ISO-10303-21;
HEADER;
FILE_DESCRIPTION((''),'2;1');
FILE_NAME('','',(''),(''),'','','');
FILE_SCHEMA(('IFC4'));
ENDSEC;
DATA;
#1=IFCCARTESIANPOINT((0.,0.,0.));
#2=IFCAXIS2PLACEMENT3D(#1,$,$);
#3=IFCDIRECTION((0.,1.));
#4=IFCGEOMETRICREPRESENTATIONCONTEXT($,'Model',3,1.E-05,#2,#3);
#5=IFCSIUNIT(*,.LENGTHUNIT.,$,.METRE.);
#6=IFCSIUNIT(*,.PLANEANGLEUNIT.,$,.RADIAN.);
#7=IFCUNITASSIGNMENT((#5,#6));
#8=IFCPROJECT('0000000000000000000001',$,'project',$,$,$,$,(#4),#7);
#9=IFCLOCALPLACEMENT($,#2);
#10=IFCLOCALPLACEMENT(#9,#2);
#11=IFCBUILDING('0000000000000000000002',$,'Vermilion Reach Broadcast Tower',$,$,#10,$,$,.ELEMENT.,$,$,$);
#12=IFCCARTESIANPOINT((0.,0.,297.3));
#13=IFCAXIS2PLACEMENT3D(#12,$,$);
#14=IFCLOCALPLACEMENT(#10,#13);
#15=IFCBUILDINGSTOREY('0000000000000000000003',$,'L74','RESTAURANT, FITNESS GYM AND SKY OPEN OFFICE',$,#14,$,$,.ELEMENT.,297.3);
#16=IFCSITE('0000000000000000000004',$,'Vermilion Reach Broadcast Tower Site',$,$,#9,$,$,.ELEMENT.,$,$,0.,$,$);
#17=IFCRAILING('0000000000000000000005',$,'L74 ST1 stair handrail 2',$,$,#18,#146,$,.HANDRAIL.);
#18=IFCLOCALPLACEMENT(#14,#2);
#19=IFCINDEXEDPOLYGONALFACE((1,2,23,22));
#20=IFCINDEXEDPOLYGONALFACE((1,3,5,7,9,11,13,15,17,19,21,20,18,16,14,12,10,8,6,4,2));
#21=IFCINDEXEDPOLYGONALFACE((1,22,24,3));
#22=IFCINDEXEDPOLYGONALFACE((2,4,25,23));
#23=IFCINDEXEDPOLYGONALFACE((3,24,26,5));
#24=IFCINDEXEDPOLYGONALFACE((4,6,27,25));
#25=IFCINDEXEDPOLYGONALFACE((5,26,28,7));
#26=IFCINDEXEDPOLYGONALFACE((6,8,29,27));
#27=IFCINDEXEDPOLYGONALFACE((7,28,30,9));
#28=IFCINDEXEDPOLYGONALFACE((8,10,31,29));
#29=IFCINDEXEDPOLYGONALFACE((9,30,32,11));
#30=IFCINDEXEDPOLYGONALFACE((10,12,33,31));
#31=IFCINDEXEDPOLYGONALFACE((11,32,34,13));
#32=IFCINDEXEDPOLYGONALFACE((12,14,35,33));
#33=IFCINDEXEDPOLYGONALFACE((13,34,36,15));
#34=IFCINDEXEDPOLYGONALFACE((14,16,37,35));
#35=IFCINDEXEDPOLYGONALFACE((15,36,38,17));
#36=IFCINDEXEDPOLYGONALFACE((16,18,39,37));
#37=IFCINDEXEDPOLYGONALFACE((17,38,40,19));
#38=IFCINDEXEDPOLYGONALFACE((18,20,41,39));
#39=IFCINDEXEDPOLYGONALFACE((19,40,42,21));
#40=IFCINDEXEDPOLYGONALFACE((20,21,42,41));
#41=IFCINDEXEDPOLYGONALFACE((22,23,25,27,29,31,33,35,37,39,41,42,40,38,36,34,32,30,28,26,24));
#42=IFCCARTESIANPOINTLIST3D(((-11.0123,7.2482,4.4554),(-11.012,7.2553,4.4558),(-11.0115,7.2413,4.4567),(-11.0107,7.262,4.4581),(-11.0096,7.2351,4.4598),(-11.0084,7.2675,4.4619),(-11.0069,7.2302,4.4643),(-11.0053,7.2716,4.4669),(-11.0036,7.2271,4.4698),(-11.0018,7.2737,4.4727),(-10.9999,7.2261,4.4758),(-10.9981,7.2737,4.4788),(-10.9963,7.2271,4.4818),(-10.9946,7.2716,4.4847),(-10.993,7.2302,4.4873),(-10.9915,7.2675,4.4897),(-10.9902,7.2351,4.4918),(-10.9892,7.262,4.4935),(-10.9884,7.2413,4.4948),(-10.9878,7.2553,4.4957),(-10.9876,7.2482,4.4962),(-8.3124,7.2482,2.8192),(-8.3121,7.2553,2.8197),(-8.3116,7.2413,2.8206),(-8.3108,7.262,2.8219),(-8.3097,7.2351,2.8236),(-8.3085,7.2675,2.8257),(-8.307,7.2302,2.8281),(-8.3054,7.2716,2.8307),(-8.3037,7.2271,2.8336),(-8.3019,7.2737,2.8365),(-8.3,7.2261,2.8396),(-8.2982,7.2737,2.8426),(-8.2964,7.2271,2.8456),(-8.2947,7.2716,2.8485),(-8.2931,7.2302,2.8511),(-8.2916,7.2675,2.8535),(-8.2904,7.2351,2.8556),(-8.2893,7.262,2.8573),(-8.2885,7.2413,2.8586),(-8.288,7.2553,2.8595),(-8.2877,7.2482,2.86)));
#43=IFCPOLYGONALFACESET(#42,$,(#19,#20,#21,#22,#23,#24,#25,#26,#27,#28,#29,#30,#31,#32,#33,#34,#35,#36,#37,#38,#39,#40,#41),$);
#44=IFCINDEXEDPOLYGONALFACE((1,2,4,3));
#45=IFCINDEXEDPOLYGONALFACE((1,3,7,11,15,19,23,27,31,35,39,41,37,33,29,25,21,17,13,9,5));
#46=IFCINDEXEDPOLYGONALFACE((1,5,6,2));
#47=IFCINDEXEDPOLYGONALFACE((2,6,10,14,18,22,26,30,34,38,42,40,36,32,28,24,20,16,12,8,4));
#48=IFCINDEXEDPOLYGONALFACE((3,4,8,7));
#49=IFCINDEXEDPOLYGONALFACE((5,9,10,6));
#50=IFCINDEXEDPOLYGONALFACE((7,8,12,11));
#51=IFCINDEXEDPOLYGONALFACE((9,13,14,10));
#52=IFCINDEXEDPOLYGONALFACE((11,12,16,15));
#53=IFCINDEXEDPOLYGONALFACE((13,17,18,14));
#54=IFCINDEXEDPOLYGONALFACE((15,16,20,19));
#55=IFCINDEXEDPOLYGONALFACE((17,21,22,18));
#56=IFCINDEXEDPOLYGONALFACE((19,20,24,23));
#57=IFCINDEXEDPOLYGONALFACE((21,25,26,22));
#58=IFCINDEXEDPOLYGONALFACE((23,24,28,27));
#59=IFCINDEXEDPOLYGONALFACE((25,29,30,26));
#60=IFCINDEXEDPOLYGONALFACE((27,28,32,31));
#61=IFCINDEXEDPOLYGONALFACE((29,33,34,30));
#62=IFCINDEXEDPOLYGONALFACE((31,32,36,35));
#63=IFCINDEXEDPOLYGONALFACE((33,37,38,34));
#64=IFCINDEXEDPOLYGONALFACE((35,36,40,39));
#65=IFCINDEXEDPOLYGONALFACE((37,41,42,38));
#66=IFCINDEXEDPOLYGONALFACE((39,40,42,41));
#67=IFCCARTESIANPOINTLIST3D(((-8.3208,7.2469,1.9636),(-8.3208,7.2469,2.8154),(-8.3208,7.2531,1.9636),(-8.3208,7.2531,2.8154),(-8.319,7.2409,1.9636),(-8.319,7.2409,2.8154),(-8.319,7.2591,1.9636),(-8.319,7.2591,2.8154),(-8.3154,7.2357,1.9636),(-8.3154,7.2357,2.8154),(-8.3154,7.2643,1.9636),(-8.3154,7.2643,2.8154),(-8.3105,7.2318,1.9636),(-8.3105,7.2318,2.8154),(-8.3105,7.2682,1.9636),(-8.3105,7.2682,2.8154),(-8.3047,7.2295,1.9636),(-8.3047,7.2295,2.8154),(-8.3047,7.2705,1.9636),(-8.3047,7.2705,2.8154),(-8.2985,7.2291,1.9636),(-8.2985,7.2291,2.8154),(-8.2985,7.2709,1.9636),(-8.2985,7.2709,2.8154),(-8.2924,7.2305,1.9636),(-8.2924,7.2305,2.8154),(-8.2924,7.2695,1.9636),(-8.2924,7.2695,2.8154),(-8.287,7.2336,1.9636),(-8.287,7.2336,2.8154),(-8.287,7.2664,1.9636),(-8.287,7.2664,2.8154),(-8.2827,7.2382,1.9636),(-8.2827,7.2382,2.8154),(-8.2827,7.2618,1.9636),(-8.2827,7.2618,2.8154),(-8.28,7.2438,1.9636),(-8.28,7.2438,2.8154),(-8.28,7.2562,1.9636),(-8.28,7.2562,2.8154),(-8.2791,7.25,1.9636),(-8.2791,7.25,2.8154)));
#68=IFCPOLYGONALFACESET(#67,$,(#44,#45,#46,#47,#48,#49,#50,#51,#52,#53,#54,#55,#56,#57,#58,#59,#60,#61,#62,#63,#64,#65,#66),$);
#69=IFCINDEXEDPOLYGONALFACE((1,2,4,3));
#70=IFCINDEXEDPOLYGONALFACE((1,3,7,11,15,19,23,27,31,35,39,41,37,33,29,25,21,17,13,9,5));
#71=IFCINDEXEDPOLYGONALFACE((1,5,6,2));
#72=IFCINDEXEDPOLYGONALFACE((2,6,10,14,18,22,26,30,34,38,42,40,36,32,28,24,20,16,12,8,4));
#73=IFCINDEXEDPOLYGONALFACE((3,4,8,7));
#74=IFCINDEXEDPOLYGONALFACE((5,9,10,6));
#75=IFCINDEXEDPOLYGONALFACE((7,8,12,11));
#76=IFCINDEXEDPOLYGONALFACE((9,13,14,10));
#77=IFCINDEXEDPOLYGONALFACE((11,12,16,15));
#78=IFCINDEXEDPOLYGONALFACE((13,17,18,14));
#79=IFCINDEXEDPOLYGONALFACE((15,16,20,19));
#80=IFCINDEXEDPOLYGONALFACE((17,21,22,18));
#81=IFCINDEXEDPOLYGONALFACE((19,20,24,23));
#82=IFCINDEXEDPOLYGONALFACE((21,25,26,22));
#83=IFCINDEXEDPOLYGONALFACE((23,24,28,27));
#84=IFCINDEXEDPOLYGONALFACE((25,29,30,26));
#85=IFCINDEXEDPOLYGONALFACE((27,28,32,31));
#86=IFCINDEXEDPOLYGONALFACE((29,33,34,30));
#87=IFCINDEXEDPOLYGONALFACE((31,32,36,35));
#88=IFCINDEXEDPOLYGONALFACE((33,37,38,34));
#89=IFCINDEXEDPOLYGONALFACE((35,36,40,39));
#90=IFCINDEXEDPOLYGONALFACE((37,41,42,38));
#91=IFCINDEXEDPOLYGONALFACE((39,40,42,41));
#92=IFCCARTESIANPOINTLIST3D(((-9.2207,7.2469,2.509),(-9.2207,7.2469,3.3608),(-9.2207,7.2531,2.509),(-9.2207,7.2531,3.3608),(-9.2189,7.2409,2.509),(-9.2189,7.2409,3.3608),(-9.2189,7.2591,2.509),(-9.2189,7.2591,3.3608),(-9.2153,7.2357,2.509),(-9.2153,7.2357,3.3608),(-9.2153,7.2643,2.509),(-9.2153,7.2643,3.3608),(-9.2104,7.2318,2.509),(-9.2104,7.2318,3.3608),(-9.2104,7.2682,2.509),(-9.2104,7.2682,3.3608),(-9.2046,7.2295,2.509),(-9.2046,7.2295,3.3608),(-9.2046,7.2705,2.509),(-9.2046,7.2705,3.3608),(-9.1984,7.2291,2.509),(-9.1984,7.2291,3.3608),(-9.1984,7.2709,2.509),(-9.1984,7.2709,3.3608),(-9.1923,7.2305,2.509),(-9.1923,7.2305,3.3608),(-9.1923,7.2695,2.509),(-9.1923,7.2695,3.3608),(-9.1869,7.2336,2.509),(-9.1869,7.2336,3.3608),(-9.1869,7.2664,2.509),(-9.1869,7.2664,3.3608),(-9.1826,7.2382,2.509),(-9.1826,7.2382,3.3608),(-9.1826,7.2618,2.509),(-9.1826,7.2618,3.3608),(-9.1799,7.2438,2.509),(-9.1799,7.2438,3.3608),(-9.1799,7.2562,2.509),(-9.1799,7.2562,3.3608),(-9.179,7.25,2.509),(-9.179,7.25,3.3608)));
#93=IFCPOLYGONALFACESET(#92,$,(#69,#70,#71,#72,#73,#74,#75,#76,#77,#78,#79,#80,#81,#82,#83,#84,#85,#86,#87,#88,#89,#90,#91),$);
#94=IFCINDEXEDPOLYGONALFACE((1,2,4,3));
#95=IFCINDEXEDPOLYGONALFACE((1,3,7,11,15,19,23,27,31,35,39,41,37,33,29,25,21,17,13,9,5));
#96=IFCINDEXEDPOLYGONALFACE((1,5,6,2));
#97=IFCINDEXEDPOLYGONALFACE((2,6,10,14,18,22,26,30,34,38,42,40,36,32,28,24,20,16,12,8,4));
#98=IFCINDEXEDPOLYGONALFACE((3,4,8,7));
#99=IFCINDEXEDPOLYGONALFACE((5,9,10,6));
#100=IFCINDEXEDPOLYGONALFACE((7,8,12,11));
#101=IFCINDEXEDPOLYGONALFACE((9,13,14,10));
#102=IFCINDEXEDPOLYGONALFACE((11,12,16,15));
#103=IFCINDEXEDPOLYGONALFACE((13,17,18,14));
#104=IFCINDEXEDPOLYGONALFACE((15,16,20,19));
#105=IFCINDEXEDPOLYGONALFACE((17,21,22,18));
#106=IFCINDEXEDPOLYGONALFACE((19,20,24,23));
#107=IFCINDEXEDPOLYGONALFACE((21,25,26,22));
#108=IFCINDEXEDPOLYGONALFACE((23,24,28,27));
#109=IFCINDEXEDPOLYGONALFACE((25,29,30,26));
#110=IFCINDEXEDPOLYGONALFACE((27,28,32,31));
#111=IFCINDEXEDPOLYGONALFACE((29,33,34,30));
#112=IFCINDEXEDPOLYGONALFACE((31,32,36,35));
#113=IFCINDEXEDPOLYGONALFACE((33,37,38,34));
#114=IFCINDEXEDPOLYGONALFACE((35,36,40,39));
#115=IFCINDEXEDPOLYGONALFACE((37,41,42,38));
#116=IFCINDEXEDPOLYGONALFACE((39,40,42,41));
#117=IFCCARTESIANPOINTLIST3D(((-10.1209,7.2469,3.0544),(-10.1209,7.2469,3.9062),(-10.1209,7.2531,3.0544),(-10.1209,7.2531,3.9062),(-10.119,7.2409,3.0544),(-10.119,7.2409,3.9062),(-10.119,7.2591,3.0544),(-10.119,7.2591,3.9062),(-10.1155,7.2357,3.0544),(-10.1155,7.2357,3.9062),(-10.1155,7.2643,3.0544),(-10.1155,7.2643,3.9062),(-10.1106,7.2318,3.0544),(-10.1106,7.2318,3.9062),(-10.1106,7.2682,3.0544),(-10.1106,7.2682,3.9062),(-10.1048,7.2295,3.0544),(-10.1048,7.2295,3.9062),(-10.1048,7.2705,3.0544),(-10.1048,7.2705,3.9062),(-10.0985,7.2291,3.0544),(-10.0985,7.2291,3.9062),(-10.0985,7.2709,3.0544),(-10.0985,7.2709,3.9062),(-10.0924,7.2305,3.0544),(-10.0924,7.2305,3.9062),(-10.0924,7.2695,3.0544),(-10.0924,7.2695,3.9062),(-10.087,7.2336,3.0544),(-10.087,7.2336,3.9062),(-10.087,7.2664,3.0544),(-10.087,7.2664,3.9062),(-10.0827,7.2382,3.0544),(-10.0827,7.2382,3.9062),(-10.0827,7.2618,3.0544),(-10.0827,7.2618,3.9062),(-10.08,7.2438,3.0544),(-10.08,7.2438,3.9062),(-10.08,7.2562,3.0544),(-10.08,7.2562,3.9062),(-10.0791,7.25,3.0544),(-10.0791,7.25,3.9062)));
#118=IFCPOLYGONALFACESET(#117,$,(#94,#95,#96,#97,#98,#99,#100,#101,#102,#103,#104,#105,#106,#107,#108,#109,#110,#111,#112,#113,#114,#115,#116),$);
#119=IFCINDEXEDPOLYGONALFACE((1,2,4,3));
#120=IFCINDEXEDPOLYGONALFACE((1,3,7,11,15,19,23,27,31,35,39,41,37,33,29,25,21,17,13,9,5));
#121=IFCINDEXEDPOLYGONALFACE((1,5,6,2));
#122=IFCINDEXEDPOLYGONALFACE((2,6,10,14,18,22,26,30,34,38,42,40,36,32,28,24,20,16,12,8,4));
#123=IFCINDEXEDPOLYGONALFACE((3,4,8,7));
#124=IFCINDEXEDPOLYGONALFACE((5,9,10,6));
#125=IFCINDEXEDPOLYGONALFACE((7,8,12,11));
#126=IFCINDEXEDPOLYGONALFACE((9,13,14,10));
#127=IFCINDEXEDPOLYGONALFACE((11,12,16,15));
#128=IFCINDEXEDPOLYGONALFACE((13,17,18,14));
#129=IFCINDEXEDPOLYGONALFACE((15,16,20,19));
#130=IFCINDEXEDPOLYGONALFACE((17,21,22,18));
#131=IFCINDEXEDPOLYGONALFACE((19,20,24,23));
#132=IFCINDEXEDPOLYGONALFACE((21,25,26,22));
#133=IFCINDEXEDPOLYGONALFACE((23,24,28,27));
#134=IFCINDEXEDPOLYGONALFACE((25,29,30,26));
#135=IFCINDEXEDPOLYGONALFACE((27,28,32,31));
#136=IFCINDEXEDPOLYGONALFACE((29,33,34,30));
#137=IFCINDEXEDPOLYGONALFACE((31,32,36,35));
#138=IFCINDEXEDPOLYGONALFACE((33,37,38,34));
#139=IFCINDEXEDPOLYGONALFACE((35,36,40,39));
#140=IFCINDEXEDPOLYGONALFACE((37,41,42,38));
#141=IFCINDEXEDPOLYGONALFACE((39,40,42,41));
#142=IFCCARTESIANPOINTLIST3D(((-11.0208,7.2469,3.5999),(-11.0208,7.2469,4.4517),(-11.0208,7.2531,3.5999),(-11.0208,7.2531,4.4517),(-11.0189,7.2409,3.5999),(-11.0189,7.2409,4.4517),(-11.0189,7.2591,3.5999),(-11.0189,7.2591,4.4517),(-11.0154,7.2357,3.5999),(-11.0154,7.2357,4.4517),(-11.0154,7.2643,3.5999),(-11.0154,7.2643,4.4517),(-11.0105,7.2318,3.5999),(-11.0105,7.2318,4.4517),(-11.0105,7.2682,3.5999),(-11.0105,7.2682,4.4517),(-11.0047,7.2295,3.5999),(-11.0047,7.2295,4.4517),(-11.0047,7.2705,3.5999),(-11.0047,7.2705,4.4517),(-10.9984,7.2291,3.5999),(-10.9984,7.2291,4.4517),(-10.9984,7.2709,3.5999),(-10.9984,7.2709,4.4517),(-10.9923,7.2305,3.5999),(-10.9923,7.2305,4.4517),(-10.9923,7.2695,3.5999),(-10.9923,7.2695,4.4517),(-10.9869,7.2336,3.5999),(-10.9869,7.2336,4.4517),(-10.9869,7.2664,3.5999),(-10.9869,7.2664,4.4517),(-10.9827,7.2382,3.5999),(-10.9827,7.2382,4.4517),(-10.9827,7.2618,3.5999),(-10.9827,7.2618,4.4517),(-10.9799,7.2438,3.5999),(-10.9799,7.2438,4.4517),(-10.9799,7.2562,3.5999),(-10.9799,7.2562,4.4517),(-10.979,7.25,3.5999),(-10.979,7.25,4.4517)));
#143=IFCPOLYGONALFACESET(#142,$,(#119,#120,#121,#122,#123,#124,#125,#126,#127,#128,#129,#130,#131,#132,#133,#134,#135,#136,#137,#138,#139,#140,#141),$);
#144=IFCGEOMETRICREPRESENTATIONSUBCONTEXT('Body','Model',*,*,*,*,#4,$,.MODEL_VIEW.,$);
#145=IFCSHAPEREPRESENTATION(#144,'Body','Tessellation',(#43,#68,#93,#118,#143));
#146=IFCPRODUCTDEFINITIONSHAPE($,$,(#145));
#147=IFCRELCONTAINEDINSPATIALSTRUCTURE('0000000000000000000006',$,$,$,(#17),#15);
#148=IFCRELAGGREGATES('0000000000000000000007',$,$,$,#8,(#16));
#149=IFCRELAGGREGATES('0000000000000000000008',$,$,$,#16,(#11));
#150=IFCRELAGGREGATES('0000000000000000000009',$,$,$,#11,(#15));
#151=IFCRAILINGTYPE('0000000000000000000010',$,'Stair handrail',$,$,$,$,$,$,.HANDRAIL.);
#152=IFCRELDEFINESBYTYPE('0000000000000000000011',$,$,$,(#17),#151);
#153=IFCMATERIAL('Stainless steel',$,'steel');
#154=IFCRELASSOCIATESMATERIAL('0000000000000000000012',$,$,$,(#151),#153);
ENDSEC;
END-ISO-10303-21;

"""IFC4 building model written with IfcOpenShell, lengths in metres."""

from ifc_helpers import new_model, si_unit, direction, frame, origin, origin_2d, place, context, subcontext, project, spatial, circle, extrude, material, type_object, element, save


model = new_model("IFC4")

# Units and contexts
model_context = context("Model", 3, precision=1e-05, world=origin(), true_north=direction((0.0, 1.0)))
body_context = subcontext(model_context, "Body", "Model", "MODEL_VIEW")
ifc_project = project(units=[si_unit("LENGTHUNIT", "METRE"), si_unit("PLANEANGLEUNIT", "RADIAN")], contexts=[model_context])

# Site, building, storey
site_placement = place(None, origin())
site = spatial("IfcSite", under=ifc_project, at=site_placement, Name="Vermilion Reach Broadcast Tower Site", CompositionType="ELEMENT", RefElevation=0.0)
building_placement = place(site_placement, origin())
building = spatial("IfcBuilding", under=site, at=building_placement, Name="Vermilion Reach Broadcast Tower", CompositionType="ELEMENT")
storey_placement = place(building_placement, frame((0.0, 0.0, 297.3)))
storey = spatial("IfcBuildingStorey", under=building, at=storey_placement, Name="L74", Description="RESTAURANT, FITNESS GYM AND SKY OPEN OFFICE", CompositionType="ELEMENT", Elevation=297.3)

# Railing
ifc_material_1 = material(Name="Stainless steel", Category="steel")
railing_type_1 = type_object("IfcRailingType", Name="Stair handrail", PredefinedType="HANDRAIL", material=ifc_material_1)
railing_1_placement = place(storey_placement, frame((-8.3, 7.25, 1.9636)))
element("IfcRailing", 1, at=railing_1_placement, inside=storey, type_object=railing_type_1, Name="L74 ST1 stair handrail 2", PredefinedType="HANDRAIL", context=body_context, shape_type="SweptSolid", body=[
    extrude(circle(Radius=0.0239, at=origin_2d()), frame((0.0, 0.0, 0.876), z_axis=(-0.855212, 0.0, 0.518278), x_axis=(0.0, -1.0, 0.0)), (0.0, 0.0, 1.0), 3.157),
    extrude(circle(Radius=0.021, at=origin_2d()), origin(), (0.0, 0.0, 1.0), 0.8518),
    extrude(circle(Radius=0.021, at=origin_2d()), frame((-0.8999, 0.0, 0.5454)), (0.0, 0.0, 1.0), 0.8518),
    extrude(circle(Radius=0.021, at=origin_2d()), frame((-1.8, 0.0, 1.0908)), (0.0, 0.0, 1.0), 0.8518),
    extrude(circle(Radius=0.021, at=origin_2d()), frame((-2.7, 0.0, 1.6362)), (0.0, 0.0, 1.0), 0.8518),
])

save(model, "model.ifc")
